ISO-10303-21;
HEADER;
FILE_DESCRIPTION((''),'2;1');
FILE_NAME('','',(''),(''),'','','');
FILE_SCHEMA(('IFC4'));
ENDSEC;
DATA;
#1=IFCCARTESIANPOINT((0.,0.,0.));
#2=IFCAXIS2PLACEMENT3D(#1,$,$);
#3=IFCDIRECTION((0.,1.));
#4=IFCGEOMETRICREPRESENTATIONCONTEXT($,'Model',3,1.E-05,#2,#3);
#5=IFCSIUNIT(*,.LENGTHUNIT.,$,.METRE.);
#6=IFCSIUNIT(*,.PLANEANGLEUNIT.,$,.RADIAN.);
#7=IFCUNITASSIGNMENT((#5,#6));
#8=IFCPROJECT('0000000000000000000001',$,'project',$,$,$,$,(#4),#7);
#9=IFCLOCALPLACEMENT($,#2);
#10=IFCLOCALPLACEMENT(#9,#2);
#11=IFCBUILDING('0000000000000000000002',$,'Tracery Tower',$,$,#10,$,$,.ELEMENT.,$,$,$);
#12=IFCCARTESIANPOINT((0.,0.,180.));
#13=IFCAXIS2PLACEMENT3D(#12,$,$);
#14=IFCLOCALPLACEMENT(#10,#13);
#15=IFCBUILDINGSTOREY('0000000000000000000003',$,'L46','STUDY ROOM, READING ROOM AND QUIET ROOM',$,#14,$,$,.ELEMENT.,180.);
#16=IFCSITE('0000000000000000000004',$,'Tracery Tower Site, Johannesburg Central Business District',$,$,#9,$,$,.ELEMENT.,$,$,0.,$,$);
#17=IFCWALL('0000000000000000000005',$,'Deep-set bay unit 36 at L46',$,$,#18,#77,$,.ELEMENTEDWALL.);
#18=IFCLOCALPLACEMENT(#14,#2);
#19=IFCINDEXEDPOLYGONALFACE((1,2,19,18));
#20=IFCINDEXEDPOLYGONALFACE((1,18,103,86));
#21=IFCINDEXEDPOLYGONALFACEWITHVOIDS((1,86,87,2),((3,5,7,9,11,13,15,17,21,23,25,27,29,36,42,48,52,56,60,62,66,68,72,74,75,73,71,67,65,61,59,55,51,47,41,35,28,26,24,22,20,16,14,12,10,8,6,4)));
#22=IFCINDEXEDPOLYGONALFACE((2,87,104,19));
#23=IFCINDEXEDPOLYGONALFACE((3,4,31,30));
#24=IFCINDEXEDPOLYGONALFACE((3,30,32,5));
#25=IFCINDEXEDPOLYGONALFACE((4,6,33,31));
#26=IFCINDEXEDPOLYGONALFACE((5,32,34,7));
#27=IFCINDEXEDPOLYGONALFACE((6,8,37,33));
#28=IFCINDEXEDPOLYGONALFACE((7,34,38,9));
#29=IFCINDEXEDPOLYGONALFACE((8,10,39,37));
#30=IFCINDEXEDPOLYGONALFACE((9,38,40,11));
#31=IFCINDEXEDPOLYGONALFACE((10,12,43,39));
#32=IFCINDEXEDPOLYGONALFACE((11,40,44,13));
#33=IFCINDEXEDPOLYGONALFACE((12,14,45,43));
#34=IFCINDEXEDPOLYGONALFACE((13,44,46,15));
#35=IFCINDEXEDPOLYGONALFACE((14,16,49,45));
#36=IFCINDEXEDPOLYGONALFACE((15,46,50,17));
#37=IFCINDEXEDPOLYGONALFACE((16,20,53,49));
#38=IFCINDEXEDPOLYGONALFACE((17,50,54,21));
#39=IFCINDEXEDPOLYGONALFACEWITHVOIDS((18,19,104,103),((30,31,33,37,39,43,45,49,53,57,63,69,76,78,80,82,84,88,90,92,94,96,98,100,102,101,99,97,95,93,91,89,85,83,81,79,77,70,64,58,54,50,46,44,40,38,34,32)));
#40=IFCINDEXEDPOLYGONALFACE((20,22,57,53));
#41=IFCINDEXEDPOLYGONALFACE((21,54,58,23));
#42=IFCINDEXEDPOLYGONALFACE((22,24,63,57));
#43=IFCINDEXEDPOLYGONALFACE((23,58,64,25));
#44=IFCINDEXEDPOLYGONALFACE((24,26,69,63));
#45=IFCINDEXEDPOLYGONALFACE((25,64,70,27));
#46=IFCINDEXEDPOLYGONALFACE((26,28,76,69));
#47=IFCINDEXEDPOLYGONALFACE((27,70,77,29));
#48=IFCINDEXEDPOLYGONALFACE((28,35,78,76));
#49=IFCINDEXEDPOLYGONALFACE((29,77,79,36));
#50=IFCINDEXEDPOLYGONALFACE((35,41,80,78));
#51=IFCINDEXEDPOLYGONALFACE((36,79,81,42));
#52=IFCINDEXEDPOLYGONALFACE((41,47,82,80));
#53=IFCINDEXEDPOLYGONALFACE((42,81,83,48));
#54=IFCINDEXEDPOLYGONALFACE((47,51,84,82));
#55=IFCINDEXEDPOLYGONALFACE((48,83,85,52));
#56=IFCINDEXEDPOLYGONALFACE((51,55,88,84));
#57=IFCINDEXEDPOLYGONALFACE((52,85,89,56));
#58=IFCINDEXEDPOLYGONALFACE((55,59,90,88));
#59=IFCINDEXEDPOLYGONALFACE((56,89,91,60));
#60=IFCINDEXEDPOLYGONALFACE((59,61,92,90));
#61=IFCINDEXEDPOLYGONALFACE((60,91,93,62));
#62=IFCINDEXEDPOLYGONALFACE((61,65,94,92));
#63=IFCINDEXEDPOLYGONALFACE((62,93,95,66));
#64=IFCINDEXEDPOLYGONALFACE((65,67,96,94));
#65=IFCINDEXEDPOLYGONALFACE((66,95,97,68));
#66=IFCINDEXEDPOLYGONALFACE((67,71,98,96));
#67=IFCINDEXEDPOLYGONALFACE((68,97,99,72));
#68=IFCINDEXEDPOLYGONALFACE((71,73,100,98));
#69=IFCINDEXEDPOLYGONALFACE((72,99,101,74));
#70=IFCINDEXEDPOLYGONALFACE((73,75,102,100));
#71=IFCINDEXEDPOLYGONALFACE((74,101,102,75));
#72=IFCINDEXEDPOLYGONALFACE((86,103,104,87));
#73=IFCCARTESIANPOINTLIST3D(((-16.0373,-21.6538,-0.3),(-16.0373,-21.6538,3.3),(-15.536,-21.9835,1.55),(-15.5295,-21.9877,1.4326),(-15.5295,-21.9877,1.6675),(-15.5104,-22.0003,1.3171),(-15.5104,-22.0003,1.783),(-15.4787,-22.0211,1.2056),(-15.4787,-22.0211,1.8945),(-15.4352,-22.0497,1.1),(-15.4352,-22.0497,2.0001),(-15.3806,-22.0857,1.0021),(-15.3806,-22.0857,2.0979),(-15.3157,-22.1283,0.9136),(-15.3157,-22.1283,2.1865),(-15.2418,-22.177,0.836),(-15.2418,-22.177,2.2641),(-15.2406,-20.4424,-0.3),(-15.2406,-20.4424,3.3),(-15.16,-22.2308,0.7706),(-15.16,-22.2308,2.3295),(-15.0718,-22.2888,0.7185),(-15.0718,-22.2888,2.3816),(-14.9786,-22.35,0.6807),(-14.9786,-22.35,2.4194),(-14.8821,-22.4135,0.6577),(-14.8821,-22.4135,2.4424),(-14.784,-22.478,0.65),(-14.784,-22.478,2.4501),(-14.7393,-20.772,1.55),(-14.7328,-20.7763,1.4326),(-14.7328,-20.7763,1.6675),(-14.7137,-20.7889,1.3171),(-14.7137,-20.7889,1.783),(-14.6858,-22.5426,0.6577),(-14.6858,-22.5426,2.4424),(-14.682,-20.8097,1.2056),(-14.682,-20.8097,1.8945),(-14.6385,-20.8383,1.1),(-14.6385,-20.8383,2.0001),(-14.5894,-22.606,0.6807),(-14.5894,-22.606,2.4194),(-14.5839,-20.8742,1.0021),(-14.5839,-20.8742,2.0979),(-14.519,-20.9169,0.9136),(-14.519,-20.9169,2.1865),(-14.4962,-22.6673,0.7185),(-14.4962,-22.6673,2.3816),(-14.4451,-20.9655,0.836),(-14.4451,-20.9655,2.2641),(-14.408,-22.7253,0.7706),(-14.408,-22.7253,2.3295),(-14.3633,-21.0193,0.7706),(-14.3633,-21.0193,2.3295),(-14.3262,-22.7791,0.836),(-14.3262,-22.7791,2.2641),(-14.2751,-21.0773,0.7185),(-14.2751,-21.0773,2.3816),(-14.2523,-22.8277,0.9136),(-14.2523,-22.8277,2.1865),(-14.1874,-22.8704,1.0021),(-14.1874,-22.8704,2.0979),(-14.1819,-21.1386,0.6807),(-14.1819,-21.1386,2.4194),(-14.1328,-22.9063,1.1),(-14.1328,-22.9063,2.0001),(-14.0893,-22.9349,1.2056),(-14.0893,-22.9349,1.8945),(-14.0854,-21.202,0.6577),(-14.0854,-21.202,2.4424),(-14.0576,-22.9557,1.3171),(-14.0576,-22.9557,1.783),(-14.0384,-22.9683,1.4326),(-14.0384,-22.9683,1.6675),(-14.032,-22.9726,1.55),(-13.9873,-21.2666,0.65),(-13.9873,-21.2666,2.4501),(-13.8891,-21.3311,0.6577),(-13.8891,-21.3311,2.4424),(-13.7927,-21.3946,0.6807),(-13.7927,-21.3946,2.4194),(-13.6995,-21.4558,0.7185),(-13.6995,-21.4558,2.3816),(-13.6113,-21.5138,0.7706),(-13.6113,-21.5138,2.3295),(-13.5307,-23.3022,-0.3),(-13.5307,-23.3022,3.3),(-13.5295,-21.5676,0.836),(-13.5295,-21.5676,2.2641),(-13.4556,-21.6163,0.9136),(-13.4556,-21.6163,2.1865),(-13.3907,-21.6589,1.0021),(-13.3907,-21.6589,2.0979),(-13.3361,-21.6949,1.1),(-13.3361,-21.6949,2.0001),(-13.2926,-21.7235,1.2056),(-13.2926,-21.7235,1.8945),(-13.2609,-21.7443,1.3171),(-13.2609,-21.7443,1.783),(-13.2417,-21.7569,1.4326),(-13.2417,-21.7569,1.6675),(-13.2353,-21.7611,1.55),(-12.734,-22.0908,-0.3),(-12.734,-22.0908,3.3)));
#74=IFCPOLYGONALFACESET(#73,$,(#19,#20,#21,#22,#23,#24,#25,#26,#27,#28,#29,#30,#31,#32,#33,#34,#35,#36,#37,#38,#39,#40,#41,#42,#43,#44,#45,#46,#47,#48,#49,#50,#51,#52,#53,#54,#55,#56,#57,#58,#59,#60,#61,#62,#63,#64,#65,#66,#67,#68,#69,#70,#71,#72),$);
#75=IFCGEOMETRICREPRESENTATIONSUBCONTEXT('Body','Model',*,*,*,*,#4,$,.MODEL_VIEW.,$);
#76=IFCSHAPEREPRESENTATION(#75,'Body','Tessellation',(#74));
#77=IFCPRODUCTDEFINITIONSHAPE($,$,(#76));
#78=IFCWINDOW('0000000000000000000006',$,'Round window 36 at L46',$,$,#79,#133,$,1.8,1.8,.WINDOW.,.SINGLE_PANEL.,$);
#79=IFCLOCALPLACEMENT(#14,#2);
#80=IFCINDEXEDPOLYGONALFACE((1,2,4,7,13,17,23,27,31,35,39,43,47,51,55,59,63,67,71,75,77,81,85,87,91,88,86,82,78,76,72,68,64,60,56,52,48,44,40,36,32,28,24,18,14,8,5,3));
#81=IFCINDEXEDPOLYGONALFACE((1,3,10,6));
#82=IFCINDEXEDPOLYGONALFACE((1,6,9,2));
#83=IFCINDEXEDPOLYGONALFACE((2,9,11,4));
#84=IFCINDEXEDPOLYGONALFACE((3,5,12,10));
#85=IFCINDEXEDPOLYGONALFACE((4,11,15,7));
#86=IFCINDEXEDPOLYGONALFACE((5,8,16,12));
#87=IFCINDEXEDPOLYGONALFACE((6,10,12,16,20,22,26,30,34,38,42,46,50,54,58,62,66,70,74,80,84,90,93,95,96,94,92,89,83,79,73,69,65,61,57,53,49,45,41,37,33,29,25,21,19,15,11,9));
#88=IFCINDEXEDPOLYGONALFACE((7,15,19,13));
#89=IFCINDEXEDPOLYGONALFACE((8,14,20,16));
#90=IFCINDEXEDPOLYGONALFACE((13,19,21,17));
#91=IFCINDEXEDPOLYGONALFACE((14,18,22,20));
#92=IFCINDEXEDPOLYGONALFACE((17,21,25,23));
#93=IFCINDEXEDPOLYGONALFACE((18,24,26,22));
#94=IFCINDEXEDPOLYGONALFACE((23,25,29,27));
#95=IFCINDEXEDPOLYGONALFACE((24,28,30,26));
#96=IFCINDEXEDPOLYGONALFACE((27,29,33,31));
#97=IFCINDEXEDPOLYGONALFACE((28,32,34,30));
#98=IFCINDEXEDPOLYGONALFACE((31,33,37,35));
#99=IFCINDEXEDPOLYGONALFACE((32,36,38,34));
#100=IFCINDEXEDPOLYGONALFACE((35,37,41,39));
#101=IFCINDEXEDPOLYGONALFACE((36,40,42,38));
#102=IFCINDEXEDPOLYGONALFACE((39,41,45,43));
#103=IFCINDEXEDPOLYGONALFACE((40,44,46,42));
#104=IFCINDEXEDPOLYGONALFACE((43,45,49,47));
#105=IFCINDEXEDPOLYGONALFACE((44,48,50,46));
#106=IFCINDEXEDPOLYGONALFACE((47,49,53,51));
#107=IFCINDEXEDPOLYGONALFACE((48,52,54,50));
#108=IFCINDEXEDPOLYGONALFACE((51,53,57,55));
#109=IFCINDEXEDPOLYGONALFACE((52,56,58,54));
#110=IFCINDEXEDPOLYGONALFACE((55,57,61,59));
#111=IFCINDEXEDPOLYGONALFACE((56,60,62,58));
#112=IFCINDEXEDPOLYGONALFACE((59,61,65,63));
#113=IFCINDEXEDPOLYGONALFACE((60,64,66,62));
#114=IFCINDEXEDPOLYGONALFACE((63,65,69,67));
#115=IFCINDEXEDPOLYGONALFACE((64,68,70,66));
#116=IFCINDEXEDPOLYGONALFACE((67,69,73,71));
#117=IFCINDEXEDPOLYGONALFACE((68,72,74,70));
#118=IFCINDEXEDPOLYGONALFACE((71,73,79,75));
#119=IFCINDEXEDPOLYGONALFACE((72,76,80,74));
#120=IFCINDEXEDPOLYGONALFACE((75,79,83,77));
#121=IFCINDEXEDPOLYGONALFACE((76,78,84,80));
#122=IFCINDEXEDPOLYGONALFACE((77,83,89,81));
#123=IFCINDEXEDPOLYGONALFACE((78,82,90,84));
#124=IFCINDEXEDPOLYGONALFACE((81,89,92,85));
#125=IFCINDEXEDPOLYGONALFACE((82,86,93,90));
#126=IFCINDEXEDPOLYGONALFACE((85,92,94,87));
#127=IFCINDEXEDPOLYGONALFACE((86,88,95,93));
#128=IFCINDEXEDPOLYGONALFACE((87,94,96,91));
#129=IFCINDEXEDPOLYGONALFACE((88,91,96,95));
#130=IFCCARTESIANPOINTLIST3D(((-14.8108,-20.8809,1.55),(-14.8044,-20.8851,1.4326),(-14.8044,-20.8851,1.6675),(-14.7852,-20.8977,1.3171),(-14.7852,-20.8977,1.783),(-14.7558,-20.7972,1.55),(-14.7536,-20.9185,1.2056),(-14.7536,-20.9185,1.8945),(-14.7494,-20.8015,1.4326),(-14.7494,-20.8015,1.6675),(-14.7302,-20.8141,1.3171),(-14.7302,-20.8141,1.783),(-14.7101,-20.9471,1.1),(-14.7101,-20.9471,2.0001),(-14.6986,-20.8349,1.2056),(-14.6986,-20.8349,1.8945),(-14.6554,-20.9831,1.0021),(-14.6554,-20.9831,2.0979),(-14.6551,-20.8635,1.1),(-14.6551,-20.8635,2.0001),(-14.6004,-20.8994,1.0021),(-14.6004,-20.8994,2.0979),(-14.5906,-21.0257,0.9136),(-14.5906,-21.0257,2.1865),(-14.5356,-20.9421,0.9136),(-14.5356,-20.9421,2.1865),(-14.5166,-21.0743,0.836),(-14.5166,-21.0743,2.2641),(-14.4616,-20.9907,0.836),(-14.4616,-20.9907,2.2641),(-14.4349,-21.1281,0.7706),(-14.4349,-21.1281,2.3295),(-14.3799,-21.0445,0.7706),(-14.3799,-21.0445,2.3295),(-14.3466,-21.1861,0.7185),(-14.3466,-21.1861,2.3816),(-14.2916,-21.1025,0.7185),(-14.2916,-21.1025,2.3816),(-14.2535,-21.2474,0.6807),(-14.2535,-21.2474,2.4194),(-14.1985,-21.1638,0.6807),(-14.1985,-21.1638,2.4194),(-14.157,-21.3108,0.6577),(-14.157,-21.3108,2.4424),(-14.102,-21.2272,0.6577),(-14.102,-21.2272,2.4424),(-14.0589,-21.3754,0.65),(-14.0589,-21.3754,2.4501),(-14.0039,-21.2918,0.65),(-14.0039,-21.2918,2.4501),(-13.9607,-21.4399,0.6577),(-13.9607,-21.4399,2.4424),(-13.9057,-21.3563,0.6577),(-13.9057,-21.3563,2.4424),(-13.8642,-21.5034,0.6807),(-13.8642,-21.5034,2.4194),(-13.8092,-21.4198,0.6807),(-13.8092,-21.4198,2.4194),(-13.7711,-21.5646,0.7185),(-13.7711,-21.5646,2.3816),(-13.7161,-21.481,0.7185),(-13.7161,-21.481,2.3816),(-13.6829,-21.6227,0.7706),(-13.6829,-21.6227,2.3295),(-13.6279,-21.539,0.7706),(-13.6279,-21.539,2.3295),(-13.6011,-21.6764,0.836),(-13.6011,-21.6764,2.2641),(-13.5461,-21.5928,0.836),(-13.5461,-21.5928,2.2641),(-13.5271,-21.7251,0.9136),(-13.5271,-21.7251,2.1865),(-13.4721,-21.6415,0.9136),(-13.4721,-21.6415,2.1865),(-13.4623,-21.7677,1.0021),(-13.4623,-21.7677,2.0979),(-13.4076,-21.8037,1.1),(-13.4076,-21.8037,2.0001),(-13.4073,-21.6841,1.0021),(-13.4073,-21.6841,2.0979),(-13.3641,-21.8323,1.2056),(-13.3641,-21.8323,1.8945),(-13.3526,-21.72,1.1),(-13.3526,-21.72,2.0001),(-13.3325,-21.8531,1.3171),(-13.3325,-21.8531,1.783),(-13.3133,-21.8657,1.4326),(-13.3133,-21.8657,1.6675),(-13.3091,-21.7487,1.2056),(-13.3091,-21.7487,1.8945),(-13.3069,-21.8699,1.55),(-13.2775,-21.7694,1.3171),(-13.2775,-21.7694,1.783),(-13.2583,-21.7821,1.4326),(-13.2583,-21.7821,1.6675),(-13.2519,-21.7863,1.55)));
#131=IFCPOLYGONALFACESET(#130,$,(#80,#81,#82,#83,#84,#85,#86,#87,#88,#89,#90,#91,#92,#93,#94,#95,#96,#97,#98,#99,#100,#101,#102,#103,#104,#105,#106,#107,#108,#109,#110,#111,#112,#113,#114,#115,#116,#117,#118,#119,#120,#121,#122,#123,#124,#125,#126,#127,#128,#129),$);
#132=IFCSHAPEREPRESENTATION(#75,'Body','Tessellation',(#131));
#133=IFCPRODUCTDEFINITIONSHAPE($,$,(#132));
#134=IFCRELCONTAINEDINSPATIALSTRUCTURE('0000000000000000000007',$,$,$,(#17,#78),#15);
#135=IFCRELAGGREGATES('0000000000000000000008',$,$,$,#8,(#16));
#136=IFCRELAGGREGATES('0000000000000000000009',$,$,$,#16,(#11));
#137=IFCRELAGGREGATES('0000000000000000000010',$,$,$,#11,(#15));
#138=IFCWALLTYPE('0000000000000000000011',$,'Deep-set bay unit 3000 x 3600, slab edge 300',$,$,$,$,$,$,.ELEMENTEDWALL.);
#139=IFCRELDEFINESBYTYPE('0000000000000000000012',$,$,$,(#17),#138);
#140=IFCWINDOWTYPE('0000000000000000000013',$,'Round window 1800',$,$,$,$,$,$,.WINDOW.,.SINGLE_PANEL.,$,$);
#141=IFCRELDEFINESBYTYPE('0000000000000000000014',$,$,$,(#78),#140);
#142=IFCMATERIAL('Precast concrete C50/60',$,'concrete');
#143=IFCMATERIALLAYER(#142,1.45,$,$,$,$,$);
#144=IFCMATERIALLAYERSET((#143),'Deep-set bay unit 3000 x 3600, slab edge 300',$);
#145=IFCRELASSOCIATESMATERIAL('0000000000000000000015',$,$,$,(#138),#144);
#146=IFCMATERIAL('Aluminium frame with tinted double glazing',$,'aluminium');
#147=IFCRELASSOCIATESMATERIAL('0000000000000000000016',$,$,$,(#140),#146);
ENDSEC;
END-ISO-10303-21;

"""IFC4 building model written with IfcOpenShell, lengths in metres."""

from ifc_helpers import new_model, si_unit, direction, frame, frame_2d, origin, origin_2d, place, context, subcontext, project, spatial, rectangle, circle, extrude, material, layer, layer_set, type_object, element, fill, save


model = new_model("IFC4")

# Units and contexts
model_context = context("Model", 3, precision=1e-05, world=origin(), true_north=direction((0.0, 1.0)))
body_context = subcontext(model_context, "Body", "Model", "MODEL_VIEW")
ifc_project = project(units=[si_unit("LENGTHUNIT", "METRE"), si_unit("PLANEANGLEUNIT", "RADIAN")], contexts=[model_context])

# Site, building, storey
site_placement = place(None, origin())
site = spatial("IfcSite", under=ifc_project, at=site_placement, Name="Tracery Tower Site, Johannesburg Central Business District", CompositionType="ELEMENT", RefElevation=0.0)
building_placement = place(site_placement, origin())
building = spatial("IfcBuilding", under=site, at=building_placement, Name="Tracery Tower", CompositionType="ELEMENT")
storey_placement = place(building_placement, frame((0.0, 0.0, 180.0)))
storey = spatial("IfcBuildingStorey", under=building, at=storey_placement, Name="L46", Description="STUDY ROOM, READING ROOM AND QUIET ROOM", CompositionType="ELEMENT", Elevation=180.0)

# Wall, opening, window
ifc_material_1 = material(Name="Precast concrete C50/60", Category="concrete")
ifc_layer_1 = layer(ifc_material_1, 1.45)
ifc_layer_set_1 = layer_set([ifc_layer_1], Name="Deep-set bay unit 3000 x 3600, slab edge 300")
wall_type_1 = type_object("IfcWallType", Name="Deep-set bay unit 3000 x 3600, slab edge 300", PredefinedType="ELEMENTEDWALL", material=ifc_layer_set_1)
ifc_material_2 = material(Name="Aluminium frame with tinted double glazing", Category="aluminium")
window_type = type_object("IfcWindowType", Name="Round window 1800", PartitioningType="SINGLE_PANEL", PredefinedType="WINDOW", material=ifc_material_2)
wall_1_placement = place(storey_placement, frame((-15.6389, -21.0481, -0.3), z_axis=(0.0, 0.0, 1.0), x_axis=(0.835514, -0.549469, 0.0)))
wall_1 = element("IfcWall", 1, at=wall_1_placement, inside=storey, type_object=wall_type_1, Name="Deep-set bay unit 36 at L46", PredefinedType="ELEMENTEDWALL", context=body_context, shape_type="SweptSolid", body=[
    extrude(rectangle(XDim=3.0, YDim=1.45, at=frame_2d((1.5, 0.0))), origin(), (0.0, 0.0, 1.0), 3.6001),
])
opening_1_placement = place(wall_1_placement, frame((1.5, 0.0, 1.8501)))
opening_1 = element("IfcOpeningElement", 2, at=opening_1_placement, cuts=wall_1, PredefinedType="OPENING", context=body_context, shape_type="SweptSolid", body=[
    extrude(circle(Radius=0.9, at=origin_2d()), frame((0.0, 0.7349, 0.0), z_axis=(0.0, -1.0, 0.0), x_axis=(1.0, 0.0, 0.0)), (0.0, 0.0, 1.0), 1.47),
])
window_1_placement = place(opening_1_placement, origin())
window_1 = element("IfcWindow", 3, at=window_1_placement, inside=storey, type_object=window_type, Name="Round window 36 at L46", OverallHeight=1.8, OverallWidth=1.8, PartitioningType="SINGLE_PANEL", PredefinedType="WINDOW", context=body_context, shape_type="SweptSolid", body=[
    extrude(circle(Radius=0.9, at=origin_2d()), frame((0.0, 0.6948, 0.0), z_axis=(0.0, -1.0, 0.0), x_axis=(1.0, 0.0, 0.0)), (0.0, 0.0, 1.0), 0.1001),
])
fill(opening_1, window_1)

save(model, "model.ifc")
